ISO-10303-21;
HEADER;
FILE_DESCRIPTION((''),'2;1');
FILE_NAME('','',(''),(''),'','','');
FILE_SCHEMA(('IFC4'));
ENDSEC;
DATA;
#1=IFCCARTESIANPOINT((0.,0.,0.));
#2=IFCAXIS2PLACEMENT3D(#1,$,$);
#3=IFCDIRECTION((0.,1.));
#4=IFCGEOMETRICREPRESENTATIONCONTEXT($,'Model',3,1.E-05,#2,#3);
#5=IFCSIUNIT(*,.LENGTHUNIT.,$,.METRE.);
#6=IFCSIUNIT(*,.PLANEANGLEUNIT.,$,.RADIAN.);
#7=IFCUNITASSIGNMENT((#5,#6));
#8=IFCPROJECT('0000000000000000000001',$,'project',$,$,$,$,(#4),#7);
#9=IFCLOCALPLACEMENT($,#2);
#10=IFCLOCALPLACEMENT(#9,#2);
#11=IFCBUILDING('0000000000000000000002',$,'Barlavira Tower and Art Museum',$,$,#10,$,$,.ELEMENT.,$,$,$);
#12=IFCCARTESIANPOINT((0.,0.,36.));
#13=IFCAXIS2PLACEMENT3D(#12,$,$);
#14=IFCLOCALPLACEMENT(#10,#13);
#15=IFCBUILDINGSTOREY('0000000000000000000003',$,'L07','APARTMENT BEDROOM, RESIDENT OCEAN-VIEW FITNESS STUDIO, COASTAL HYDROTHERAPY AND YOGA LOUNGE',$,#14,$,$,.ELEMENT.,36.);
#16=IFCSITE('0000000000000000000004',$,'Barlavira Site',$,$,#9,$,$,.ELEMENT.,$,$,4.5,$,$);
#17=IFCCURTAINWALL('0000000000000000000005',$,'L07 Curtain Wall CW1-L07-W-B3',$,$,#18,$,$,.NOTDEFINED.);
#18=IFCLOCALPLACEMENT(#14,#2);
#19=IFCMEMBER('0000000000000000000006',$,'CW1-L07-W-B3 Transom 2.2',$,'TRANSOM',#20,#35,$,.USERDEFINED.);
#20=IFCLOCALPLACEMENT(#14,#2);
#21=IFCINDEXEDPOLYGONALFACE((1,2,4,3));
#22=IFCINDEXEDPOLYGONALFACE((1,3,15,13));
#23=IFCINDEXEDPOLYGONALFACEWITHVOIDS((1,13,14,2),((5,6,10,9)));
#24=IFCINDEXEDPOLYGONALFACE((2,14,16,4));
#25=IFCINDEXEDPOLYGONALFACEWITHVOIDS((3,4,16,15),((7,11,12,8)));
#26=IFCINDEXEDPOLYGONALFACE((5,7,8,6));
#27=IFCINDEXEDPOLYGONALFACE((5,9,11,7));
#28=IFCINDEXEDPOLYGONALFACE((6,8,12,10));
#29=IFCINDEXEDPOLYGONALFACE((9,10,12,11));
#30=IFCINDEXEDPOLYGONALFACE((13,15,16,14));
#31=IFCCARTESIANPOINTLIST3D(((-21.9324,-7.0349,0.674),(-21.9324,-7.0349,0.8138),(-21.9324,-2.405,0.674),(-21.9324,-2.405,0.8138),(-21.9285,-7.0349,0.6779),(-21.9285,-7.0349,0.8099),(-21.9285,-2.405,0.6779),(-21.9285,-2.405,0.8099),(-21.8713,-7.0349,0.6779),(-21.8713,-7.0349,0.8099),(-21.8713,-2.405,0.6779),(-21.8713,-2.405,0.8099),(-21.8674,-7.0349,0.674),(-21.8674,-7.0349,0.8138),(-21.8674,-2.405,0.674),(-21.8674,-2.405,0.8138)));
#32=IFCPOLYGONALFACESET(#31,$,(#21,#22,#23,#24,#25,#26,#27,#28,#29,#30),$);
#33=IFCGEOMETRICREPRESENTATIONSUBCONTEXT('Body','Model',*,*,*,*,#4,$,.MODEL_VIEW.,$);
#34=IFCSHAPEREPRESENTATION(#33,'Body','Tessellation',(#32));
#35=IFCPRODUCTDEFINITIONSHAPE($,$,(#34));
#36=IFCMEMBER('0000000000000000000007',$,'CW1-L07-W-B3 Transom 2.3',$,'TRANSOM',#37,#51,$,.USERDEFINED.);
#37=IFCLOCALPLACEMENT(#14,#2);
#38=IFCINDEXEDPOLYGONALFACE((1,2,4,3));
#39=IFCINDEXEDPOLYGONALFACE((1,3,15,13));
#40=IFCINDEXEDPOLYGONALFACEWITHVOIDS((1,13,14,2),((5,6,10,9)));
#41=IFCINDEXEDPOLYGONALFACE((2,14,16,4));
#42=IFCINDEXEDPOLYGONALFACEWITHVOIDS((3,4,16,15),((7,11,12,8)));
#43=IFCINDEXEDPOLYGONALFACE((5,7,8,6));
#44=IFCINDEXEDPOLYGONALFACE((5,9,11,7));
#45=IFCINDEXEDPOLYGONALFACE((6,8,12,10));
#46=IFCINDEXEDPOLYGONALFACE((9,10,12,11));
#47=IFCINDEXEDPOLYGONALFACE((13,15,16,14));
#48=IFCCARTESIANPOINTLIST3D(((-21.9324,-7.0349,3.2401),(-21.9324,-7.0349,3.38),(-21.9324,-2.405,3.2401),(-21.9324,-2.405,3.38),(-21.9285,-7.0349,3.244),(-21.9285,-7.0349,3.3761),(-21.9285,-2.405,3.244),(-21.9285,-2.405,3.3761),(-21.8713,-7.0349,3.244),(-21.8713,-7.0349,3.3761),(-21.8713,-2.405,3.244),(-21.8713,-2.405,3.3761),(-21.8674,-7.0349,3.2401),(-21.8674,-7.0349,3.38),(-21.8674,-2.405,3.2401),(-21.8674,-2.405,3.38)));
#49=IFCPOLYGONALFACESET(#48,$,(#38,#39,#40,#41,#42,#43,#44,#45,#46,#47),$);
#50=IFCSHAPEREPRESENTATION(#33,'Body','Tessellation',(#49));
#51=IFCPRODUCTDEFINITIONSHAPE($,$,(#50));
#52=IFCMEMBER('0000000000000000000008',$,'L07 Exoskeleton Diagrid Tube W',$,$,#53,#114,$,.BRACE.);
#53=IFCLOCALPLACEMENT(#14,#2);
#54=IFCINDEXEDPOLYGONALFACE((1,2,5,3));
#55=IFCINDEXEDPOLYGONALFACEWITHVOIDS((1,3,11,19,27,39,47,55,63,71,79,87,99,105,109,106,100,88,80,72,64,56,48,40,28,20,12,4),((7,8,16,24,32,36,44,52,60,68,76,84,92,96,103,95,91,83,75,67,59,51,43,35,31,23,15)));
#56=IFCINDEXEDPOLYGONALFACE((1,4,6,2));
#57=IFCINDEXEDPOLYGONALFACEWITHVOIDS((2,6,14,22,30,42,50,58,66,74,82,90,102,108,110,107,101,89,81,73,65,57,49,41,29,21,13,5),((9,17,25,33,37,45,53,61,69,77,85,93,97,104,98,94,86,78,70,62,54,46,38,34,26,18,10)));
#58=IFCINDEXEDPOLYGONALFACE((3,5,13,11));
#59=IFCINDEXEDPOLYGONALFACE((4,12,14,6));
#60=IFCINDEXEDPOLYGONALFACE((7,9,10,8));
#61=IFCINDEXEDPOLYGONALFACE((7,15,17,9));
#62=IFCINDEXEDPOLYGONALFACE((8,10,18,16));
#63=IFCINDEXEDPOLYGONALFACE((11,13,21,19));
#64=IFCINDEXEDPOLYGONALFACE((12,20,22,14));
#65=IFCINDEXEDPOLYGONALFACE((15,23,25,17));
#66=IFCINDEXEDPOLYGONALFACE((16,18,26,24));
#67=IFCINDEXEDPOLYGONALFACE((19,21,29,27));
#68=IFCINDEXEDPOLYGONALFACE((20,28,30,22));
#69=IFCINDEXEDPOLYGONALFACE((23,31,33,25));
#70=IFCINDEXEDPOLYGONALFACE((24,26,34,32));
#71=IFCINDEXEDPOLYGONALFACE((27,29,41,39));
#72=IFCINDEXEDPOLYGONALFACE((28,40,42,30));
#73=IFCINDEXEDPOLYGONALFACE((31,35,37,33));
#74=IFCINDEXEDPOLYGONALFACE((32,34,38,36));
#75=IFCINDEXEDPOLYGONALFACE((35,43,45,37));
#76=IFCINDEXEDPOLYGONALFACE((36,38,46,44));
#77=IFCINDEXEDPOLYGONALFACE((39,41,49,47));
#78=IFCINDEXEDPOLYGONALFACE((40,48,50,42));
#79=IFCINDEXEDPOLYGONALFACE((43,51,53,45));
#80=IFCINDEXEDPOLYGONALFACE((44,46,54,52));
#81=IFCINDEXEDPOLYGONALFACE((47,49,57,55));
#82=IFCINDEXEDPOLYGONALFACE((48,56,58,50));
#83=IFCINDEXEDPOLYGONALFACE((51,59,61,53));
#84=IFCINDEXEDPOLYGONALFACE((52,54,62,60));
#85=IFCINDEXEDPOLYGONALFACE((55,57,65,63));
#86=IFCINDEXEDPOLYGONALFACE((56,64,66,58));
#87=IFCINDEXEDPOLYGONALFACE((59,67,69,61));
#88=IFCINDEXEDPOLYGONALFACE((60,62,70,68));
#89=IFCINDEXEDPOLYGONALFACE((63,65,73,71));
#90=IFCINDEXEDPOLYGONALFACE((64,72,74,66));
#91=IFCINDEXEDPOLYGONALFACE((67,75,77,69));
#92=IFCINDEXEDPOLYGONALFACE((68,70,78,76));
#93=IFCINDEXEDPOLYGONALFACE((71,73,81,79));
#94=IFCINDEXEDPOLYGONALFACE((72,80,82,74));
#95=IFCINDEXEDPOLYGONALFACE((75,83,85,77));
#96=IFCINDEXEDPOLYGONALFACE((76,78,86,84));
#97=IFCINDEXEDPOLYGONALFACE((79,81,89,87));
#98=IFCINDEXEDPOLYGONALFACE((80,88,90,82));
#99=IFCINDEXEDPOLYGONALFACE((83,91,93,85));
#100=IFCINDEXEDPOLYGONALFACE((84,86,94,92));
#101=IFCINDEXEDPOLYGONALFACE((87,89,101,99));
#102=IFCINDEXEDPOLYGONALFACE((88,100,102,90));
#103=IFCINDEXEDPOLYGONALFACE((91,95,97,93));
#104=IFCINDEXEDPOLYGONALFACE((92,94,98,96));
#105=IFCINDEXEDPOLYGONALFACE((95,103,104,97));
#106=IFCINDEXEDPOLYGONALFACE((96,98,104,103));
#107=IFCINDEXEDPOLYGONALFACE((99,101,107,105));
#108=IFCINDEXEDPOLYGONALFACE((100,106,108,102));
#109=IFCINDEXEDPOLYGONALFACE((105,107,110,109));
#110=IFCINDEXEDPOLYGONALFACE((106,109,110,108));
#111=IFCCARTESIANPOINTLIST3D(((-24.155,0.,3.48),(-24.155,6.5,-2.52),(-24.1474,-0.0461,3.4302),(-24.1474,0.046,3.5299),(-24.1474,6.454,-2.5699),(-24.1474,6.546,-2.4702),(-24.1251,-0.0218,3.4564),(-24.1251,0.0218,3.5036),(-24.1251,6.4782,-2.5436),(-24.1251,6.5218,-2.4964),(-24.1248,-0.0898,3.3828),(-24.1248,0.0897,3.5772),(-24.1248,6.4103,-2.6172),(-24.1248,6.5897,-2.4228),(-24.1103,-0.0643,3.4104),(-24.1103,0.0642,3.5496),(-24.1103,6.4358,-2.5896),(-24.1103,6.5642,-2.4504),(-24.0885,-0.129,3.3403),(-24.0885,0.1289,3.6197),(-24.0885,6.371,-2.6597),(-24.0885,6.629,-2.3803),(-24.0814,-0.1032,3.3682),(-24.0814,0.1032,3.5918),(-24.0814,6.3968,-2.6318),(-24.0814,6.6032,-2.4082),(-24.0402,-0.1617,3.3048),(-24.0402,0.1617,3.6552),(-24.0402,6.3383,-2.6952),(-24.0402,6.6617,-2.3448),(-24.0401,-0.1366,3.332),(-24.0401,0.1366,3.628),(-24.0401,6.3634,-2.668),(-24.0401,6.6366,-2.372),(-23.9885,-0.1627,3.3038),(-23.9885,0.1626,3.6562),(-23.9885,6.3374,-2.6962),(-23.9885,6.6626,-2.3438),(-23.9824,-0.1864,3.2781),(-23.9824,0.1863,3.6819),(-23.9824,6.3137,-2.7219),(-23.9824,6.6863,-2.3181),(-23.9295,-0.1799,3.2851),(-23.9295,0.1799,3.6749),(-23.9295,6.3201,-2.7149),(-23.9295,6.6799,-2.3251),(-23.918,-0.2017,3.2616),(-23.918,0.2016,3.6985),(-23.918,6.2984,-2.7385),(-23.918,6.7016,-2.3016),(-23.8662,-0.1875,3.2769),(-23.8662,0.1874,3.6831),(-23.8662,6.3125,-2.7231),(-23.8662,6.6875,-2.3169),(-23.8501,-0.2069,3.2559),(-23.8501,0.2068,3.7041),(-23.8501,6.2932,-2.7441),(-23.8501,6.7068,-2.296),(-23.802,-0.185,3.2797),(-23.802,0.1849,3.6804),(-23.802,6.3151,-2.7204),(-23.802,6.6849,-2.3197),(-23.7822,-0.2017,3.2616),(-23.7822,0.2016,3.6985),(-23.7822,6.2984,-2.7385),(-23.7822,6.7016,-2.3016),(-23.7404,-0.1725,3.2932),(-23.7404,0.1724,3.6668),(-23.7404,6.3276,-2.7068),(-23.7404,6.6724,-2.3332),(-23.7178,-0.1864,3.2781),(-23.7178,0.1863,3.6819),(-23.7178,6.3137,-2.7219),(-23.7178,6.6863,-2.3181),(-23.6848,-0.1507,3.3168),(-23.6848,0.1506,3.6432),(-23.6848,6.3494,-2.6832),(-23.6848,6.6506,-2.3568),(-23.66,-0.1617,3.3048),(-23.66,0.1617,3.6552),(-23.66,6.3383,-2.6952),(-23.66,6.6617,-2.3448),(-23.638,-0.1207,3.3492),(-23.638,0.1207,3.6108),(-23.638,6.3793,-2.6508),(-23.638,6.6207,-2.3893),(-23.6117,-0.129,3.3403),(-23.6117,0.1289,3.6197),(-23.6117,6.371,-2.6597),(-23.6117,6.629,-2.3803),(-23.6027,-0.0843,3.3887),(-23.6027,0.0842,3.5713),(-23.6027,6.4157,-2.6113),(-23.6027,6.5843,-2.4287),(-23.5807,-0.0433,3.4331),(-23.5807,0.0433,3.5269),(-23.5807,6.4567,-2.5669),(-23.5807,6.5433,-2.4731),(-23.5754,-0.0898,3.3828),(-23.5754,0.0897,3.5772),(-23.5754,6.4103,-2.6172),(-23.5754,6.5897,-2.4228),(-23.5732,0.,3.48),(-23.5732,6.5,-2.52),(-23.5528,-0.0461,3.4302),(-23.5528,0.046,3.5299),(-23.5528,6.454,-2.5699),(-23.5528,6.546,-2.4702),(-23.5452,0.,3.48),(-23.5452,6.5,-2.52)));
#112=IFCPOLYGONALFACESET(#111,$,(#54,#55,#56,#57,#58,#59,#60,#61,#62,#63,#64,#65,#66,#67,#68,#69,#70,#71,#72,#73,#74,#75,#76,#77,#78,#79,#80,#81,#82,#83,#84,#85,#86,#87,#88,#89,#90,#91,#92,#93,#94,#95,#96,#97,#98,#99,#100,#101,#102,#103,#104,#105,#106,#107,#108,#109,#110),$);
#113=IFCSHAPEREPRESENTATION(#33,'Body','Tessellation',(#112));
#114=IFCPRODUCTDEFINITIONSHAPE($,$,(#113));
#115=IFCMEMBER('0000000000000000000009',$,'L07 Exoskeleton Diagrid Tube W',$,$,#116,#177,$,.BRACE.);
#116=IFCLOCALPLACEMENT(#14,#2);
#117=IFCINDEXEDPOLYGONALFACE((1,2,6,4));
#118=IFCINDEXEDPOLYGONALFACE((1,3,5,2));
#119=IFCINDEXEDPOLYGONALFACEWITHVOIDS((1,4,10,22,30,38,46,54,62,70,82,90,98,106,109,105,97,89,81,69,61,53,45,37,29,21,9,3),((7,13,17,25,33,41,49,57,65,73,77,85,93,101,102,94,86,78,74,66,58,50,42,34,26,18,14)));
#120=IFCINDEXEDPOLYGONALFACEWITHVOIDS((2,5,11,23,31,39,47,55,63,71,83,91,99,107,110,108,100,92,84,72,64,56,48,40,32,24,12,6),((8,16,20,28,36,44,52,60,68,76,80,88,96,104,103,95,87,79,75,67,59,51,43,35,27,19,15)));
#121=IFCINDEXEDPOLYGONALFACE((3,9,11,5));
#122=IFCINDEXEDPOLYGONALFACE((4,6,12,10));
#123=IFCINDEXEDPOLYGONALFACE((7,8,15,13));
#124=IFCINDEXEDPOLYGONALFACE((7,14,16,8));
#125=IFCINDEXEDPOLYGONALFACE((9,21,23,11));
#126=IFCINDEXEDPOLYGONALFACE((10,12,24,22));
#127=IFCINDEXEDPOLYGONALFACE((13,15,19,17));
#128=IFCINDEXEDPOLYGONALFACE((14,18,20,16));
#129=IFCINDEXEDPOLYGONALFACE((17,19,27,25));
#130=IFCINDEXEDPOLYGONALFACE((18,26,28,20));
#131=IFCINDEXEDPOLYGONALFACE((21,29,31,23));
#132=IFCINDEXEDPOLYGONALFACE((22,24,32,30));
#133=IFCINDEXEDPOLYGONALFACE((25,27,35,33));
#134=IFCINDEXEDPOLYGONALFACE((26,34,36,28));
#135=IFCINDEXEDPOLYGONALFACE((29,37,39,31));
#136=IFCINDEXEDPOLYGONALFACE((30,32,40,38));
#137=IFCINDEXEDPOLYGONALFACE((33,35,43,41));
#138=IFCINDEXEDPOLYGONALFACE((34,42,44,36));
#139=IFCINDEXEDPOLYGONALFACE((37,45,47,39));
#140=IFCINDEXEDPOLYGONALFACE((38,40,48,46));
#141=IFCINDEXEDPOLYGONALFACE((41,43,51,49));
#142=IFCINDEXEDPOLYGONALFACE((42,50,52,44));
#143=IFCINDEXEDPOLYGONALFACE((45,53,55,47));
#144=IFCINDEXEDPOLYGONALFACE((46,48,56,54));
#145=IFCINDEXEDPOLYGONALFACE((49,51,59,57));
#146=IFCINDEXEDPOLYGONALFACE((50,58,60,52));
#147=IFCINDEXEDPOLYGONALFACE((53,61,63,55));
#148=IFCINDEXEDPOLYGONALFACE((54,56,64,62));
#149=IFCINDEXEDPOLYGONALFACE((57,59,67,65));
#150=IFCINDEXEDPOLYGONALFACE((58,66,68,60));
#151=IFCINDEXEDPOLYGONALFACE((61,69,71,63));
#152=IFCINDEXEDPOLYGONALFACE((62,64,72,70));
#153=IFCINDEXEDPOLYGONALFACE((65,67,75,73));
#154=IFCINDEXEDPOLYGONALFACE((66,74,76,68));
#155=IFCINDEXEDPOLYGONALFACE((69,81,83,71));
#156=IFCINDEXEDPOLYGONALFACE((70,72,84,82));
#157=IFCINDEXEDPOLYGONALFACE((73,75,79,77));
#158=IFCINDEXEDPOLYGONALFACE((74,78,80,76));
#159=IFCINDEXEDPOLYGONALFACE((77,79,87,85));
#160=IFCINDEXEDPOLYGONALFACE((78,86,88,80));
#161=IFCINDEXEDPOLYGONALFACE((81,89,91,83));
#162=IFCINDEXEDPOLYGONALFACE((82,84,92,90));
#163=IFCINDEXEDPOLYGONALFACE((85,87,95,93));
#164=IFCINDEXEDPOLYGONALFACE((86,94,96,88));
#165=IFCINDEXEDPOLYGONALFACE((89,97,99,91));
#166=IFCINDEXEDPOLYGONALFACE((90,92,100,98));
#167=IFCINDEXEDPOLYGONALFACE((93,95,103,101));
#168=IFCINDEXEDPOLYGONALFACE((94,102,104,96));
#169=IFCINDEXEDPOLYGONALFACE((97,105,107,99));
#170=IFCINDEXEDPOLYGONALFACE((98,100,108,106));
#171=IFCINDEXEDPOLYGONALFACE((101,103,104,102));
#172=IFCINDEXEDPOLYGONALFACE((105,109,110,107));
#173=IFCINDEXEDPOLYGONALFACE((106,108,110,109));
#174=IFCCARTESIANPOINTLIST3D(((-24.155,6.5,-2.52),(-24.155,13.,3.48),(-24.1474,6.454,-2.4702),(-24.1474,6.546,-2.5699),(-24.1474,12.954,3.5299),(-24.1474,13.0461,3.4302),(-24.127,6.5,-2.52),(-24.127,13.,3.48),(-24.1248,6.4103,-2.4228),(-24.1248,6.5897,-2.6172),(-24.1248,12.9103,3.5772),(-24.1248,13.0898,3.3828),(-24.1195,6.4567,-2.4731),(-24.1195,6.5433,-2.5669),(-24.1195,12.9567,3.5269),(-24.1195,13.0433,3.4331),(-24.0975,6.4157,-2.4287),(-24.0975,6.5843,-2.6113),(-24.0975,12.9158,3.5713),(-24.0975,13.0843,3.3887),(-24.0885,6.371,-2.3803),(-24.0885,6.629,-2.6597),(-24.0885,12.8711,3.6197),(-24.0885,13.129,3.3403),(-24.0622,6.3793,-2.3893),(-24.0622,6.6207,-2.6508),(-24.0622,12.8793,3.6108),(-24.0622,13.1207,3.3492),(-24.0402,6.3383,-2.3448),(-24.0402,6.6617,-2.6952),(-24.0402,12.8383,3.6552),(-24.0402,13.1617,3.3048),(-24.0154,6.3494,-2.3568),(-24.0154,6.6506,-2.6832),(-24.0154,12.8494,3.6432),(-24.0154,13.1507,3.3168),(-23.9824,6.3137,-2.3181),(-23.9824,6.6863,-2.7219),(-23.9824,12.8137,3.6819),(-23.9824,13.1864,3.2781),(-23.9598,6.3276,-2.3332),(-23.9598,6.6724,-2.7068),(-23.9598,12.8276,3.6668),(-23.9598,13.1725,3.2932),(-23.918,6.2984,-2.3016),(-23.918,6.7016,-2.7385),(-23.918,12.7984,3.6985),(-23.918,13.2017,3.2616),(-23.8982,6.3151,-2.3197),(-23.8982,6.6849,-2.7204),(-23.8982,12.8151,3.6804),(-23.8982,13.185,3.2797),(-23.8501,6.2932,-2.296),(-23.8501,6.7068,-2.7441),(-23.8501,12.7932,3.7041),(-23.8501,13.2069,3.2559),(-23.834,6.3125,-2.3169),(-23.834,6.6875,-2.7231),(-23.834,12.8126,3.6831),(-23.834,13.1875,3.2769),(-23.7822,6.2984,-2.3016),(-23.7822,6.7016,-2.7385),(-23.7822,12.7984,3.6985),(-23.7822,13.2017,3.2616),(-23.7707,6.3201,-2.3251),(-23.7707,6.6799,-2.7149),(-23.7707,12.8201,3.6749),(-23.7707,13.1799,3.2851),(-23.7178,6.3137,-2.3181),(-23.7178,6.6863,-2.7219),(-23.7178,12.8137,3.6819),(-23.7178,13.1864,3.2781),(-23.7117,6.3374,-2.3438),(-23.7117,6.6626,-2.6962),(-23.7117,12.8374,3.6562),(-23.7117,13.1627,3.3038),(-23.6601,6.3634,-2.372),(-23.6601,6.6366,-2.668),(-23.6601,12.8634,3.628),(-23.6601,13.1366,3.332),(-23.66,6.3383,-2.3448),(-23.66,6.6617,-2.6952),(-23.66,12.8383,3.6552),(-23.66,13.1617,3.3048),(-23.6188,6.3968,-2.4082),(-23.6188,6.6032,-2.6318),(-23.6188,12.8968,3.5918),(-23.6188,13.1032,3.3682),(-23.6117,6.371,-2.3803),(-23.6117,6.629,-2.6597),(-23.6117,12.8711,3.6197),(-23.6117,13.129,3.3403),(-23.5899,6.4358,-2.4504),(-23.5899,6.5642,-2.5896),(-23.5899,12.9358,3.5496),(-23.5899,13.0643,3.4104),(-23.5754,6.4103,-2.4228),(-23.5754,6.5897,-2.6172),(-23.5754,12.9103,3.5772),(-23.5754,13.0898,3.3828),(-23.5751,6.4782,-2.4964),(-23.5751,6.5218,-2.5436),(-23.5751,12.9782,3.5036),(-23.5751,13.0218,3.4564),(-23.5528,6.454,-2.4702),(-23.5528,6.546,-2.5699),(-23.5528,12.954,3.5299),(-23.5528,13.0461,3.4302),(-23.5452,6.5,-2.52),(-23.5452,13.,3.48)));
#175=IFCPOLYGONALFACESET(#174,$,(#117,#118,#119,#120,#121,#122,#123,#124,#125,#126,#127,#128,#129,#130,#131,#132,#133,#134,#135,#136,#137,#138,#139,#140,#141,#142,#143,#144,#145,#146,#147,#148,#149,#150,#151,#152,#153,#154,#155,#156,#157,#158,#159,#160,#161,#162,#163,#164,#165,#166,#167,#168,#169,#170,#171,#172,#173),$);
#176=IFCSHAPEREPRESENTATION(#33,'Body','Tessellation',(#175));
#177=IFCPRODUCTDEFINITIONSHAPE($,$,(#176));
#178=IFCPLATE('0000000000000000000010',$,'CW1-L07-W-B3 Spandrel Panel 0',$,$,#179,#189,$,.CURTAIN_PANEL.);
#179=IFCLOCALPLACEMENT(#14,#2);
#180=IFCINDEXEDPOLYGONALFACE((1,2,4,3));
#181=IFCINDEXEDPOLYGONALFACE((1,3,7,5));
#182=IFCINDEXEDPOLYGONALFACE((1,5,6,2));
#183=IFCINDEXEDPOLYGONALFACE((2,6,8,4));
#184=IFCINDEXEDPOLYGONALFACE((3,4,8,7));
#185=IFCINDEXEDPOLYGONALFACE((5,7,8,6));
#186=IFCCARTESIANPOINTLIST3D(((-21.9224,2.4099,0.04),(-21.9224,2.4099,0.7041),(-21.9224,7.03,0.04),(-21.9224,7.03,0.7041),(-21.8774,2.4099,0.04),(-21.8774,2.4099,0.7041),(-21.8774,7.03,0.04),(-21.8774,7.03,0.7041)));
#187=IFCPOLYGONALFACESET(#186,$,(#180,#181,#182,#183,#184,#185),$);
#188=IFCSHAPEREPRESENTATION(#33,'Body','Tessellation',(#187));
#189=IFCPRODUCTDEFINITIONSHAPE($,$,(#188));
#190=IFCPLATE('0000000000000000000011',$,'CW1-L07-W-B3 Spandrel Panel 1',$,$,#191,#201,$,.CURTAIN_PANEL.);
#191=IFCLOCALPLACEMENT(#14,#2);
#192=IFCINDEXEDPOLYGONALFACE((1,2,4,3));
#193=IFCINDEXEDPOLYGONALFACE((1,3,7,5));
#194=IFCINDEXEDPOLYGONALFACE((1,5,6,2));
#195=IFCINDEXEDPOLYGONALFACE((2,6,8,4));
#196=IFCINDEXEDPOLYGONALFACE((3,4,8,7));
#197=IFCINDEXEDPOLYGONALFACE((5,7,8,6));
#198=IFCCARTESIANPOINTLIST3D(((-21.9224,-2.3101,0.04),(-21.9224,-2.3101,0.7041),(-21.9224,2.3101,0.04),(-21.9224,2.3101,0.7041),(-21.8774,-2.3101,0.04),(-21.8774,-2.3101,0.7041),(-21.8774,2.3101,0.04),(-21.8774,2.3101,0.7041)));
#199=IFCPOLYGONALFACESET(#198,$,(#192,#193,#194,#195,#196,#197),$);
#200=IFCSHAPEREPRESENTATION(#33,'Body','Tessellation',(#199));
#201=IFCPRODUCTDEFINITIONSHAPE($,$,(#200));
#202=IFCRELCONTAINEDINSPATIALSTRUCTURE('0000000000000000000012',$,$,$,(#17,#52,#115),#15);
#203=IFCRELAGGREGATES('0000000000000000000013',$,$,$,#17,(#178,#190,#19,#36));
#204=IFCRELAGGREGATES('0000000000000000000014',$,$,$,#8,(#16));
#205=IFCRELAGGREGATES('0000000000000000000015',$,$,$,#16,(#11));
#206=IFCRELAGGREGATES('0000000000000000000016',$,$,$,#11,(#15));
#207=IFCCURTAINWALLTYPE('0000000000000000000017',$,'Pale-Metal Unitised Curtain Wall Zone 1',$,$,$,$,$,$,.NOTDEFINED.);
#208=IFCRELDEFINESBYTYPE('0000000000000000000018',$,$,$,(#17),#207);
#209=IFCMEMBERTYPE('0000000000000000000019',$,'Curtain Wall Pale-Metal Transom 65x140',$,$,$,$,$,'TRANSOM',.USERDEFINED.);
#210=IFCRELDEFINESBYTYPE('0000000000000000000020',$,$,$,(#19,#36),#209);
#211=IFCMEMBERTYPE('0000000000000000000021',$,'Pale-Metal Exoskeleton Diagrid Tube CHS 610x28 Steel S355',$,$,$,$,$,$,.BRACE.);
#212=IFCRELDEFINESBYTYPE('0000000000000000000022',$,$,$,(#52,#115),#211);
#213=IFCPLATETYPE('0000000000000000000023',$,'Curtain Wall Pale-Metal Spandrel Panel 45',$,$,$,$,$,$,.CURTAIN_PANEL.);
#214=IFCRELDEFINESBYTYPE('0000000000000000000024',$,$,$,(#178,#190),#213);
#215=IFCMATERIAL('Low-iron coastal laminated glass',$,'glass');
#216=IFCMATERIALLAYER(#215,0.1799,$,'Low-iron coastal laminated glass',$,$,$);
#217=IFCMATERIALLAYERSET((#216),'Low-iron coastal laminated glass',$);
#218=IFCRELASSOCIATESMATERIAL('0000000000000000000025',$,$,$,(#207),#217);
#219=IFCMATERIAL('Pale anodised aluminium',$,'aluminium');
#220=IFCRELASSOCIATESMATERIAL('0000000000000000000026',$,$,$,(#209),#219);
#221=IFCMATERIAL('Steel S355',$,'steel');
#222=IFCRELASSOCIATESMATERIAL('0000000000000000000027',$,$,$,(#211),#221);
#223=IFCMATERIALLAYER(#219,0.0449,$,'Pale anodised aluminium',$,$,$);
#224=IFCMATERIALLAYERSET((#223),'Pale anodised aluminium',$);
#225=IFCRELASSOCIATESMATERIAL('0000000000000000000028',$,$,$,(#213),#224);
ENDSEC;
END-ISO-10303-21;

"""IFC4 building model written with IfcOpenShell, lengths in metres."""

from ifc_helpers import new_model, si_unit, direction, frame, origin, origin_2d, place, context, subcontext, project, spatial, rectangle, hollow_rectangle, hollow_circle, extrude, material, layer, layer_set, material_profile, profile_set, type_object, element, aggregate, save


model = new_model("IFC4")

# Units and contexts
model_context = context("Model", 3, precision=1e-05, world=origin(), true_north=direction((0.0, 1.0)))
body_context = subcontext(model_context, "Body", "Model", "MODEL_VIEW")
ifc_project = project(units=[si_unit("LENGTHUNIT", "METRE"), si_unit("PLANEANGLEUNIT", "RADIAN")], contexts=[model_context])

# Site, building, storey
site_placement = place(None, origin())
site = spatial("IfcSite", under=ifc_project, at=site_placement, Name="Barlavira Site", CompositionType="ELEMENT", RefElevation=4.5)
building_placement = place(site_placement, origin())
building = spatial("IfcBuilding", under=site, at=building_placement, Name="Barlavira Tower and Art Museum", CompositionType="ELEMENT")
storey_placement = place(building_placement, frame((0.0, 0.0, 36.0)))
storey = spatial("IfcBuildingStorey", under=building, at=storey_placement, Name="L07", Description="APARTMENT BEDROOM, RESIDENT OCEAN-VIEW FITNESS STUDIO, COASTAL HYDROTHERAPY AND YOGA LOUNGE", CompositionType="ELEMENT", Elevation=36.0)

# Curtain wall, members
ifc_material_1 = material(Name="Low-iron coastal laminated glass", Category="glass")
ifc_layer_1 = layer(ifc_material_1, 0.1799, Name="Low-iron coastal laminated glass")
ifc_layer_set_1 = layer_set([ifc_layer_1], Name="Low-iron coastal laminated glass")
curtain_wall_type = type_object("IfcCurtainWallType", Name="Pale-Metal Unitised Curtain Wall Zone 1", PredefinedType="NOTDEFINED", material=ifc_layer_set_1)
curtain_wall_placement = place(storey_placement, origin())
curtain_wall = element("IfcCurtainWall", 1, at=curtain_wall_placement, inside=storey, type_object=curtain_wall_type, Name="L07 Curtain Wall CW1-L07-W-B3", PredefinedType="NOTDEFINED")
ifc_material_2 = material(Name="Pale anodised aluminium", Category="aluminium")
ifc_material_profile_1 = material_profile(ifc_material_2, hollow_rectangle(XDim=0.0649, YDim=0.1399, WallThickness=0.0039, at=origin_2d()), Name="ALU-TRAN 65x140x4")
ifc_profile_set_1 = profile_set([ifc_material_profile_1], Name="Pale anodised aluminium")
member_type_1 = type_object("IfcMemberType", Name="Curtain Wall Pale-Metal Transom 65x140", ElementType="TRANSOM", PredefinedType="USERDEFINED", material=ifc_profile_set_1)
member_1_placement = place(storey_placement, frame((-21.8999, -2.405, 0.7439), z_axis=(0.0, -1.0, 0.0), x_axis=(1.0, 0.0, 0.0)))
member_1 = element("IfcMember", 2, at=member_1_placement, type_object=member_type_1, Name="CW1-L07-W-B3 Transom 2.2", ObjectType="TRANSOM", PredefinedType="USERDEFINED", context=body_context, shape_type="SweptSolid", body=[
    extrude(hollow_rectangle(XDim=0.0649, YDim=0.1399, WallThickness=0.0039, at=origin_2d()), origin(), (0.0, 0.0, 1.0), 4.6299),
])
member_2_placement = place(storey_placement, frame((-21.8999, -2.405, 3.3101), z_axis=(0.0, -1.0, 0.0), x_axis=(1.0, 0.0, 0.0)))
member_2 = element("IfcMember", 3, at=member_2_placement, type_object=member_type_1, Name="CW1-L07-W-B3 Transom 2.3", ObjectType="TRANSOM", PredefinedType="USERDEFINED", context=body_context, shape_type="SweptSolid", body=[
    extrude(hollow_rectangle(XDim=0.0649, YDim=0.1399, WallThickness=0.0039, at=origin_2d()), origin(), (0.0, 0.0, 1.0), 4.6299),
])

# Members
ifc_material_3 = material(Name="Steel S355", Category="steel")
ifc_material_profile_2 = material_profile(ifc_material_3, hollow_circle(Radius=0.3049, WallThickness=0.0281, at=origin_2d()), Name="CHS 610.0x28.0")
ifc_profile_set_2 = profile_set([ifc_material_profile_2], Name="Steel S355")
member_type_2 = type_object("IfcMemberType", Name="Pale-Metal Exoskeleton Diagrid Tube CHS 610x28 Steel S355", PredefinedType="BRACE", material=ifc_profile_set_2)
for number, where, z_axis, x_axis, name in (
    (4, (-23.8501, 6.5, -2.52), (0.0, -0.734803, 0.67828), (1.0, 0.0, 0.0), "L07 Exoskeleton Diagrid Tube W"),
    (5, (-23.8501, 6.5, -2.52), (0.0, 0.734803, 0.67828), (-1.0, 0.0, 0.0), "L07 Exoskeleton Diagrid Tube W"),
):
    element("IfcMember", number, at=place(storey_placement, frame(where, z_axis=z_axis, x_axis=x_axis)), inside=storey, type_object=member_type_2, Name=name, PredefinedType="BRACE", context=body_context, shape_type="SweptSolid", body=[
        extrude(hollow_circle(Radius=0.3049, WallThickness=0.0281, at=origin_2d()), origin(), (0.0, 0.0, 1.0), 8.8459),
    ])

# Plates
ifc_layer_2 = layer(ifc_material_2, 0.0449, Name="Pale anodised aluminium")
ifc_layer_set_2 = layer_set([ifc_layer_2], Name="Pale anodised aluminium")
plate_type_1 = type_object("IfcPlateType", Name="Curtain Wall Pale-Metal Spandrel Panel 45", PredefinedType="CURTAIN_PANEL", material=ifc_layer_set_2)
plate_1_placement = place(storey_placement, frame((-21.8999, 4.72, 0.04), z_axis=(0.0, 0.0, 1.0), x_axis=(0.0, -1.0, 0.0)))
plate_1 = element("IfcPlate", 6, at=plate_1_placement, type_object=plate_type_1, Name="CW1-L07-W-B3 Spandrel Panel 0", PredefinedType="CURTAIN_PANEL", context=body_context, shape_type="SweptSolid", body=[
    extrude(rectangle(XDim=4.6201, YDim=0.0449, at=origin_2d()), origin(), (0.0, 0.0, 1.0), 0.6641),
])
plate_2_placement = place(storey_placement, frame((-21.8999, 0.0, 0.04), z_axis=(0.0, 0.0, 1.0), x_axis=(0.0, -1.0, 0.0)))
plate_2 = element("IfcPlate", 7, at=plate_2_placement, type_object=plate_type_1, Name="CW1-L07-W-B3 Spandrel Panel 1", PredefinedType="CURTAIN_PANEL", context=body_context, shape_type="SweptSolid", body=[
    extrude(rectangle(XDim=4.6201, YDim=0.0449, at=origin_2d()), origin(), (0.0, 0.0, 1.0), 0.6641),
])
aggregate(curtain_wall, [plate_1, plate_2, member_1, member_2])

save(model, "model.ifc")
